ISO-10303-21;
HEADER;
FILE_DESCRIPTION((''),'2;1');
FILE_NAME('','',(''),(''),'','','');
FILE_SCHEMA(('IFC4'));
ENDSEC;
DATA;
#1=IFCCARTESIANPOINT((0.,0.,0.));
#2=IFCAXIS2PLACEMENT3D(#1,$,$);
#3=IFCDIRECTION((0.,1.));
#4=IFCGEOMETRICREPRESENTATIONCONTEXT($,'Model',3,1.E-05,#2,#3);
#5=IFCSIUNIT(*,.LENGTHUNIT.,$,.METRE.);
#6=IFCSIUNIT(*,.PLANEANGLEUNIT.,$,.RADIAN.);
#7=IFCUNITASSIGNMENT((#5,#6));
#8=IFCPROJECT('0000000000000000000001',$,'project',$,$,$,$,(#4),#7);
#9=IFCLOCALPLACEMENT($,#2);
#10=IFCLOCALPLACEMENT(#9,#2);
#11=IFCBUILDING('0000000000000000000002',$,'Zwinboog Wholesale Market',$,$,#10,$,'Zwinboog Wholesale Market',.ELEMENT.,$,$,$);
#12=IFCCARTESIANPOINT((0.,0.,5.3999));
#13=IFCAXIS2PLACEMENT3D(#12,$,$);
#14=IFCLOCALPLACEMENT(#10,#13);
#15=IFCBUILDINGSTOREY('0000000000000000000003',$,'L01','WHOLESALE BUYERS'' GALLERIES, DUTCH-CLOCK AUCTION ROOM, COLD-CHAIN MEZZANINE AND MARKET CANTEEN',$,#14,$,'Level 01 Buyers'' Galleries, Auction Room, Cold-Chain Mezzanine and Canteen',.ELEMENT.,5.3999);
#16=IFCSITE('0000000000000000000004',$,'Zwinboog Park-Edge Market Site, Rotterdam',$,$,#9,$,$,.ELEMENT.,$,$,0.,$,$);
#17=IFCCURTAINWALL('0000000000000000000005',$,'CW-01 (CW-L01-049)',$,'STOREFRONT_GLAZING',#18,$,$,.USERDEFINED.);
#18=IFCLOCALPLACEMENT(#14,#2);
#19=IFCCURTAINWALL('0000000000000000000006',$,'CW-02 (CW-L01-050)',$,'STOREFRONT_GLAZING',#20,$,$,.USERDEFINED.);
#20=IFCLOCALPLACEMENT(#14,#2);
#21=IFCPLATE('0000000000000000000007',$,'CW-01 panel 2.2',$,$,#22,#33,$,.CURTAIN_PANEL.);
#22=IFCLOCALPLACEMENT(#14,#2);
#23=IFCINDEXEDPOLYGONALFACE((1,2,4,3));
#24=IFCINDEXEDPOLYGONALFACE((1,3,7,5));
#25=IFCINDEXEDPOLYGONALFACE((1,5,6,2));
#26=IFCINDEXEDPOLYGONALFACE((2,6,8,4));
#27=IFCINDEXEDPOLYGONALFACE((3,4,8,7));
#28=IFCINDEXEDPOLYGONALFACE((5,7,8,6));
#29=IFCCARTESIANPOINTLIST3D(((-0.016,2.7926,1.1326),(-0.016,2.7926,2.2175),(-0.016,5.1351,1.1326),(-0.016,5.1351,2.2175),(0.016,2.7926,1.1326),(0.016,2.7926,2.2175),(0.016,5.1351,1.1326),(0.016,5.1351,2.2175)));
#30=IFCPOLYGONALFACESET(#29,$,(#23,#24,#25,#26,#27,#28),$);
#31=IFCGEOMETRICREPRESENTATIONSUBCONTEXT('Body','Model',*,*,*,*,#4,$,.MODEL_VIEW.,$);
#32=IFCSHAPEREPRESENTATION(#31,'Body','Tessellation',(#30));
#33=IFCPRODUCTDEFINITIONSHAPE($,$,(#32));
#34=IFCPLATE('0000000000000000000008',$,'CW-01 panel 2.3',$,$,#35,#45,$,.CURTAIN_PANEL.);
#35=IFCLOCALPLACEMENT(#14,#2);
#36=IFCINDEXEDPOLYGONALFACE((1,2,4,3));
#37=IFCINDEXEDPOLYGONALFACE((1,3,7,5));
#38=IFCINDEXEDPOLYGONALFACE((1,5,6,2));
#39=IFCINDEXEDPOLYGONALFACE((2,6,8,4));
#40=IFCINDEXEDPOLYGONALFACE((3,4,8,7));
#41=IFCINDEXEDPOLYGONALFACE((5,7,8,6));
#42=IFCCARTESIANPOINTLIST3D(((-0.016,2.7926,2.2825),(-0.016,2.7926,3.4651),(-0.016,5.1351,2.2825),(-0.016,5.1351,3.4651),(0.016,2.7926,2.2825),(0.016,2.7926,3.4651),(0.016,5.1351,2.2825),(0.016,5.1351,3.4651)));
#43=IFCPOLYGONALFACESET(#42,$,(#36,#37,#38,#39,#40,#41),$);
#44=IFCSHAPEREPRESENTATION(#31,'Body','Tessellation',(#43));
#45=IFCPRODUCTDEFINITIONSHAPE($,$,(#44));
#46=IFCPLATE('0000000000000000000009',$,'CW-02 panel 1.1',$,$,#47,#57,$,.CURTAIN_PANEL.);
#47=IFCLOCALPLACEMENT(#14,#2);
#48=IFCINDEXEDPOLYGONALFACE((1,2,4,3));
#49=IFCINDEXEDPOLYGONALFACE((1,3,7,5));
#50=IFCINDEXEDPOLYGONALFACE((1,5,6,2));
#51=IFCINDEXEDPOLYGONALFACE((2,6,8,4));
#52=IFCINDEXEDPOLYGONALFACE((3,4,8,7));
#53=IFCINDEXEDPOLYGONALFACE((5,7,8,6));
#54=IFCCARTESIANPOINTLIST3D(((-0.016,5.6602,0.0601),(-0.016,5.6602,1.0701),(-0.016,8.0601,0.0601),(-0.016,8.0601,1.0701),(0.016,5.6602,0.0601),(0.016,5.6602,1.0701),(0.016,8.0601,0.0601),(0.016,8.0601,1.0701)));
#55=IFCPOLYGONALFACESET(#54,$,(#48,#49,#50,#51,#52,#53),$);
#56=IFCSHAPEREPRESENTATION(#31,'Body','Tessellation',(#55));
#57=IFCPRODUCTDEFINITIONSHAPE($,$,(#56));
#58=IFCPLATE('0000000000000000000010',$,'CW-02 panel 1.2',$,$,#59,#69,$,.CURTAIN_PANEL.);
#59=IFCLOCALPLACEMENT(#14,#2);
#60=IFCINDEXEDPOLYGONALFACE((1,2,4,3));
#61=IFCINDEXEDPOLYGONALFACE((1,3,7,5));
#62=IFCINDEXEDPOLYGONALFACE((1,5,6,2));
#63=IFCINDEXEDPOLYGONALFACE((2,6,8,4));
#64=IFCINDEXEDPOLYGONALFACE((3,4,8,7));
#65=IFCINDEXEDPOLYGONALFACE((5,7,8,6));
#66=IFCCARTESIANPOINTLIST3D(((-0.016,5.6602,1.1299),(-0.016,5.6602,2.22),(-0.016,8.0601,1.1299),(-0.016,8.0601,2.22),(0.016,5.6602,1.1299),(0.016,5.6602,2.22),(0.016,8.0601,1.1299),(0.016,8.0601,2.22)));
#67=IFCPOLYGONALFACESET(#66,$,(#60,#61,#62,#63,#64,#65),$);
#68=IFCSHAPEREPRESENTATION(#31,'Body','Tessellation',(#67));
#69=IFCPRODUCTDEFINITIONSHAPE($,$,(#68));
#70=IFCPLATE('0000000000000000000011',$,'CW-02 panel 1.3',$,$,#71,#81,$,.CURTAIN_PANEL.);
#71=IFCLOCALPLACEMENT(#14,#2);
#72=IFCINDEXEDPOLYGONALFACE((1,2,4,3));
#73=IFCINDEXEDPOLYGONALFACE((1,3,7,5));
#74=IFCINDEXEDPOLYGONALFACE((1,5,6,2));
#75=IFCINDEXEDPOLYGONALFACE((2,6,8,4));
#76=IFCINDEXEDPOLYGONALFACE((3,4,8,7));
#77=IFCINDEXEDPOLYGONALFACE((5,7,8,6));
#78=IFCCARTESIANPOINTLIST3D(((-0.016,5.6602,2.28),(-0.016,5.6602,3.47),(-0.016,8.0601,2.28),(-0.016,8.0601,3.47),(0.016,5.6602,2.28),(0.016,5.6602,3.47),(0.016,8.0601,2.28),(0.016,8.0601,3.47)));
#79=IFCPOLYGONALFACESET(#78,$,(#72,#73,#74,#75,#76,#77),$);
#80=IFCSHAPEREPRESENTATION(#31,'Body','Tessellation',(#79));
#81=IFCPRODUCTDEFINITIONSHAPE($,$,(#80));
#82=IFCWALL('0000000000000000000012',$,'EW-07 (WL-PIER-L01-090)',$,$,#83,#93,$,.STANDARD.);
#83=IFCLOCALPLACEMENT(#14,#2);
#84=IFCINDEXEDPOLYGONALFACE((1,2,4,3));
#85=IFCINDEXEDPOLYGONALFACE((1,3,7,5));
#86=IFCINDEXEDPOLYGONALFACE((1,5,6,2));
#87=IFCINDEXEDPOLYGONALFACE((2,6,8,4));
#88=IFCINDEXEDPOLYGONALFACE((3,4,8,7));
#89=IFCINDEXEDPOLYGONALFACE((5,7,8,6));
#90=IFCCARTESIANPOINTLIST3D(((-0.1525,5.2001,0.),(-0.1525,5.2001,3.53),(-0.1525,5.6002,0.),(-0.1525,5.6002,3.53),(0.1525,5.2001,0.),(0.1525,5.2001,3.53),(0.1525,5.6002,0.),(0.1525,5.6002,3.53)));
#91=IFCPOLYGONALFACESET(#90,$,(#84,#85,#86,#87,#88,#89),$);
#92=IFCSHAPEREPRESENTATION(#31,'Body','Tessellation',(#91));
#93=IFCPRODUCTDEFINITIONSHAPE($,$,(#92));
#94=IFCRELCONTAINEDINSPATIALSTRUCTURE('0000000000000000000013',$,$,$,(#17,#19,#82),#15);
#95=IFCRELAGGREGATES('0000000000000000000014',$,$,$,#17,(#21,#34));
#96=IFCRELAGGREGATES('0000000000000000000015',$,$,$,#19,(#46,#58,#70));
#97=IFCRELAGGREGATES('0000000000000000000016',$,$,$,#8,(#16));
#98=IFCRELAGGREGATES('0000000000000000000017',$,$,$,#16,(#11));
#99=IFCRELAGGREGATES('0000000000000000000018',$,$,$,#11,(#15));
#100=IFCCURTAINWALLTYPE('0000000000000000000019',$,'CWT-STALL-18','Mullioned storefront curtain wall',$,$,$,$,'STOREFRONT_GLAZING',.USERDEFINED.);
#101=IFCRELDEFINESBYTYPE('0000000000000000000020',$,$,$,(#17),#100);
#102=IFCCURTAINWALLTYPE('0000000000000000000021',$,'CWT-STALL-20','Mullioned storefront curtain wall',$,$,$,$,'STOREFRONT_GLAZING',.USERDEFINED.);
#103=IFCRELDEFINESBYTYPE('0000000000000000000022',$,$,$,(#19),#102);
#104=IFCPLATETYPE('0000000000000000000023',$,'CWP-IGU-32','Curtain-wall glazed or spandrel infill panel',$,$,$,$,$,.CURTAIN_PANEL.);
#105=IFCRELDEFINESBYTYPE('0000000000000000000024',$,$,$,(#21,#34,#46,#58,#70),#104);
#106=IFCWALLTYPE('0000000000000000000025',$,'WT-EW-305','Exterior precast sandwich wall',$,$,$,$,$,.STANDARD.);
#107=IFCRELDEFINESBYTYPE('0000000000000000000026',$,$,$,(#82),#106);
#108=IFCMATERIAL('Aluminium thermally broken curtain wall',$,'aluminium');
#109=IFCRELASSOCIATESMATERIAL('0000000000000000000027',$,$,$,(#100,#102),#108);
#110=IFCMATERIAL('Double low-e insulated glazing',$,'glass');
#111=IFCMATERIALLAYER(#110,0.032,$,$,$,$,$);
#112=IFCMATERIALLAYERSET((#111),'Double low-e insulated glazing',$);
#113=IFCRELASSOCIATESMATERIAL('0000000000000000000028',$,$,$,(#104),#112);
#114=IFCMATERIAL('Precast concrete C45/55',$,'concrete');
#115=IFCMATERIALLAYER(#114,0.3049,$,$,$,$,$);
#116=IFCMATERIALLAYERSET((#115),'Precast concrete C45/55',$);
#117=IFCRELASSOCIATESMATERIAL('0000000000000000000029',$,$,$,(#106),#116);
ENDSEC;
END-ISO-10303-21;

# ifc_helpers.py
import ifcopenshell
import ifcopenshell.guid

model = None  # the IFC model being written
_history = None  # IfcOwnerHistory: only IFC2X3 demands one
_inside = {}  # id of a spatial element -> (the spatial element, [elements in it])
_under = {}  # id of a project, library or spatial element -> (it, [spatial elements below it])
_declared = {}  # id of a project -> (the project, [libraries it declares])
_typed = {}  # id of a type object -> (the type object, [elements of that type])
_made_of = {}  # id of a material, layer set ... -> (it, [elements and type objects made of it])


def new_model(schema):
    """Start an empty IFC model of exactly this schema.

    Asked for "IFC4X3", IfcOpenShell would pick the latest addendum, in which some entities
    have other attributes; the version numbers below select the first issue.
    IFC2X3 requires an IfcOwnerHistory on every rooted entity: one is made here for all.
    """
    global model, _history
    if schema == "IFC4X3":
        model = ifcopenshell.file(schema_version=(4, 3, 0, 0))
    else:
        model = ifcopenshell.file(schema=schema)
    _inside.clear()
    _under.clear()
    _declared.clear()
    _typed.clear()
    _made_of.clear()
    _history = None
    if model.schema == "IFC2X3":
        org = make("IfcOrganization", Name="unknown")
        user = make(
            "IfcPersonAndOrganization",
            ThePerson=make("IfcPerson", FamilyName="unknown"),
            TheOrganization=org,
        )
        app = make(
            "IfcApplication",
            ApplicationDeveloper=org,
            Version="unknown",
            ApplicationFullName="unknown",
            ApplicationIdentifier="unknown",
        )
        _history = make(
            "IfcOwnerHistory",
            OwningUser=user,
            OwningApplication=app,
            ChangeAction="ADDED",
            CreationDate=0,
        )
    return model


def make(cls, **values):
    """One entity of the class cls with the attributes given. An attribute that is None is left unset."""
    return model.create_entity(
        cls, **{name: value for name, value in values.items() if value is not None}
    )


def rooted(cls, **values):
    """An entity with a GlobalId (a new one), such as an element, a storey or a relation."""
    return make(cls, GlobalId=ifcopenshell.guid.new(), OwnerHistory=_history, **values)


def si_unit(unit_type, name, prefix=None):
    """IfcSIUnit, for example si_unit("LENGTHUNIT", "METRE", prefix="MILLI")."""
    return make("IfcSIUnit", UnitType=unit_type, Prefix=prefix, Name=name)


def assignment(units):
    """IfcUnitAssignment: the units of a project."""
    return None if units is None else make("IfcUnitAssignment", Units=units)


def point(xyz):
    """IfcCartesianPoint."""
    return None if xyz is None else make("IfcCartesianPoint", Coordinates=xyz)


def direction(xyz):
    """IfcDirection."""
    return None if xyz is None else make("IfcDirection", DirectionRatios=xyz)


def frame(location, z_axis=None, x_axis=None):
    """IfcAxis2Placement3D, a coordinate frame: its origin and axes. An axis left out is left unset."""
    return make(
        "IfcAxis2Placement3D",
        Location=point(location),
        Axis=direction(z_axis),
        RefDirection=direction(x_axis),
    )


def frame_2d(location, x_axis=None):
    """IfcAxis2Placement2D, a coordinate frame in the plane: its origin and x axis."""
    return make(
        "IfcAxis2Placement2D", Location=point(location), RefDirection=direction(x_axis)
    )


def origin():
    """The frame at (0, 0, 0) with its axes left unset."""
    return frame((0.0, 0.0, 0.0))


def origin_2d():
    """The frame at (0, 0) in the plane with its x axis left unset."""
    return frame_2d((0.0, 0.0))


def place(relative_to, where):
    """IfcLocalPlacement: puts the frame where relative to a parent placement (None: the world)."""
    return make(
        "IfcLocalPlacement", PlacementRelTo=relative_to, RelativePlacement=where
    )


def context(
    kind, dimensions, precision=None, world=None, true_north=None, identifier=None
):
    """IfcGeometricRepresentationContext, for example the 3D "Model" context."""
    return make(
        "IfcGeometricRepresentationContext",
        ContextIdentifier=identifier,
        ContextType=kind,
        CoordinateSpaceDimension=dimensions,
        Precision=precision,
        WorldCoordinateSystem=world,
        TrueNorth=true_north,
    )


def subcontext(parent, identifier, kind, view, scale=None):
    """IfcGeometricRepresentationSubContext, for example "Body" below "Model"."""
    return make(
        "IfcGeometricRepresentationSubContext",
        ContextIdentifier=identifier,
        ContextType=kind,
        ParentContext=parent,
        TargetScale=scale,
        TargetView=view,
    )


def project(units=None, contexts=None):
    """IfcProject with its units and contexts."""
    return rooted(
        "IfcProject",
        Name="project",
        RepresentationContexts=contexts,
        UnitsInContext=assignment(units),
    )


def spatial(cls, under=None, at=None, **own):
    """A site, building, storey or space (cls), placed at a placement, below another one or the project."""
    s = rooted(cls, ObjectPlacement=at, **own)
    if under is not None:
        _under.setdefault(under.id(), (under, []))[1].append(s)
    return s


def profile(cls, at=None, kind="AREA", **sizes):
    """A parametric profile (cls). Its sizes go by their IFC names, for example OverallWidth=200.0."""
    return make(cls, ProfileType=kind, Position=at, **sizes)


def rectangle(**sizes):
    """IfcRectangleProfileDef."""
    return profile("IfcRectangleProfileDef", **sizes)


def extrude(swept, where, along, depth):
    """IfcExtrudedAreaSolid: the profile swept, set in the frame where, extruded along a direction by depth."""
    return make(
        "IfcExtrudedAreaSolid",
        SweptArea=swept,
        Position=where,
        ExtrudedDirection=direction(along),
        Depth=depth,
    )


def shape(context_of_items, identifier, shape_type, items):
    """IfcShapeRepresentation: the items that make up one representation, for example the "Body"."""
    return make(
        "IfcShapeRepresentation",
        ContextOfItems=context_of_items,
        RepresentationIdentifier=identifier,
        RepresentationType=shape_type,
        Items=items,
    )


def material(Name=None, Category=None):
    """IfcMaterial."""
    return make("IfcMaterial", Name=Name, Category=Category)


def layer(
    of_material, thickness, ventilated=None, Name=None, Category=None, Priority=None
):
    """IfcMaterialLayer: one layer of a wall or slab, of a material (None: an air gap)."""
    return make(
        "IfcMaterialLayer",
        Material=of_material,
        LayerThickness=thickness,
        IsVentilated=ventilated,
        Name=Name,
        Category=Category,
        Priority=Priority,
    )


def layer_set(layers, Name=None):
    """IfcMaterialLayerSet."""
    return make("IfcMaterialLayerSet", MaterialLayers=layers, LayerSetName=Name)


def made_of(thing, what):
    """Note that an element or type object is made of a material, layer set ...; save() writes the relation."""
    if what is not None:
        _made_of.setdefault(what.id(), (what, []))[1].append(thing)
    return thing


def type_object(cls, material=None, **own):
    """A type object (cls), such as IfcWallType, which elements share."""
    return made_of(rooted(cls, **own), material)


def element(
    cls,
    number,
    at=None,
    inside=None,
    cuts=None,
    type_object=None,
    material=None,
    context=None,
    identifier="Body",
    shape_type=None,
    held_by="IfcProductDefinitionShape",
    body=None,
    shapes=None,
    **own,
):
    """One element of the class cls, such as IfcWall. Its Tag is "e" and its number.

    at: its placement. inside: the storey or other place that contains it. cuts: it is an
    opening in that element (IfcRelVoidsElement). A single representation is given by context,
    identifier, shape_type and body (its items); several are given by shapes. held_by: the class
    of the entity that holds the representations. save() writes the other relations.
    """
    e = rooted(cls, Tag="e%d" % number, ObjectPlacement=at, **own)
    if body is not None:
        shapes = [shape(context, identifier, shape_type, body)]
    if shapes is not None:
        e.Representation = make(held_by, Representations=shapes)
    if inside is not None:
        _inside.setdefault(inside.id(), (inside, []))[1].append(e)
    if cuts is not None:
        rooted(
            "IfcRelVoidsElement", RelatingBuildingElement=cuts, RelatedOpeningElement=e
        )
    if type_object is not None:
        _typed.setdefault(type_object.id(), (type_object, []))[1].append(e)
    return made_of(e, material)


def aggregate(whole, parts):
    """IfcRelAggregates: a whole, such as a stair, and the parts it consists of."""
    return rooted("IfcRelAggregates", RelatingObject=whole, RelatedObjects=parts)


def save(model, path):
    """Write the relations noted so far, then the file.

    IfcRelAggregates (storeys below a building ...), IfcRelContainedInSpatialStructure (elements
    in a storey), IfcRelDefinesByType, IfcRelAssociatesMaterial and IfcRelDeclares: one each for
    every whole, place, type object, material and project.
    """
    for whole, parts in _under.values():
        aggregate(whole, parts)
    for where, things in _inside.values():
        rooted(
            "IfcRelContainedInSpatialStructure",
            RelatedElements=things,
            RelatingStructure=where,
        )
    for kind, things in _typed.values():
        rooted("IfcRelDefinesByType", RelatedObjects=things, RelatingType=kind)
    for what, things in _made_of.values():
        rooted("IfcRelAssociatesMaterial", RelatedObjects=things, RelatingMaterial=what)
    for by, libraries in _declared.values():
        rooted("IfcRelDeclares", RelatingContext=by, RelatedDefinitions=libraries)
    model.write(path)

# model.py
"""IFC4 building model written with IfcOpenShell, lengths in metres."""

from ifc_helpers import new_model, si_unit, direction, frame, frame_2d, origin, origin_2d, place, context, subcontext, project, spatial, rectangle, extrude, material, layer, layer_set, type_object, element, aggregate, save


model = new_model("IFC4")

# Units and contexts
model_context = context("Model", 3, precision=1e-05, world=origin(), true_north=direction((0.0, 1.0)))
body_context = subcontext(model_context, "Body", "Model", "MODEL_VIEW")
ifc_project = project(units=[si_unit("LENGTHUNIT", "METRE"), si_unit("PLANEANGLEUNIT", "RADIAN")], contexts=[model_context])

# Site, building, storey
site_placement = place(None, origin())
site = spatial("IfcSite", under=ifc_project, at=site_placement, Name="Zwinboog Park-Edge Market Site, Rotterdam", CompositionType="ELEMENT", RefElevation=0.0)
building_placement = place(site_placement, origin())
building = spatial("IfcBuilding", under=site, at=building_placement, Name="Zwinboog Wholesale Market", LongName="Zwinboog Wholesale Market", CompositionType="ELEMENT")
storey_placement = place(building_placement, frame((0.0, 0.0, 5.3999)))
storey = spatial("IfcBuildingStorey", under=building, at=storey_placement, Name="L01", Description="WHOLESALE BUYERS' GALLERIES, DUTCH-CLOCK AUCTION ROOM, COLD-CHAIN MEZZANINE AND MARKET CANTEEN", LongName="Level 01 Buyers' Galleries, Auction Room, Cold-Chain Mezzanine and Canteen", CompositionType="ELEMENT", Elevation=5.3999)

# Curtain walls
ifc_material_1 = material(Name="Aluminium thermally broken curtain wall", Category="aluminium")
curtain_wall_type_1 = type_object("IfcCurtainWallType", Name="CWT-STALL-18", Description="Mullioned storefront curtain wall", ElementType="STOREFRONT_GLAZING", PredefinedType="USERDEFINED", material=ifc_material_1)
curtain_wall_1_placement = place(storey_placement, origin())
curtain_wall_1 = element("IfcCurtainWall", 1, at=curtain_wall_1_placement, inside=storey, type_object=curtain_wall_type_1, Name="CW-01 (CW-L01-049)", ObjectType="STOREFRONT_GLAZING", PredefinedType="USERDEFINED")
curtain_wall_type_2 = type_object("IfcCurtainWallType", Name="CWT-STALL-20", Description="Mullioned storefront curtain wall", ElementType="STOREFRONT_GLAZING", PredefinedType="USERDEFINED", material=ifc_material_1)
curtain_wall_2_placement = place(storey_placement, origin())
curtain_wall_2 = element("IfcCurtainWall", 2, at=curtain_wall_2_placement, inside=storey, type_object=curtain_wall_type_2, Name="CW-02 (CW-L01-050)", ObjectType="STOREFRONT_GLAZING", PredefinedType="USERDEFINED")

# Plates
ifc_material_2 = material(Name="Double low-e insulated glazing", Category="glass")
ifc_layer_1 = layer(ifc_material_2, 0.032)
ifc_layer_set_1 = layer_set([ifc_layer_1], Name="Double low-e insulated glazing")
plate_type = type_object("IfcPlateType", Name="CWP-IGU-32", Description="Curtain-wall glazed or spandrel infill panel", PredefinedType="CURTAIN_PANEL", material=ifc_layer_set_1)
plate_1_placement = place(storey_placement, frame((0.0, 3.9639, 1.1326), z_axis=(0.0, 0.0, 1.0), x_axis=(0.0, 1.0, 0.0)))
plate_1 = element("IfcPlate", 3, at=plate_1_placement, type_object=plate_type, Name="CW-01 panel 2.2", PredefinedType="CURTAIN_PANEL", context=body_context, shape_type="SweptSolid", body=[
    extrude(rectangle(XDim=2.3425, YDim=0.032, at=origin_2d()), origin(), (0.0, 0.0, 1.0), 1.085),
])
plate_2_placement = place(storey_placement, frame((0.0, 3.9639, 2.2825), z_axis=(0.0, 0.0, 1.0), x_axis=(0.0, 1.0, 0.0)))
plate_2 = element("IfcPlate", 4, at=plate_2_placement, type_object=plate_type, Name="CW-01 panel 2.3", PredefinedType="CURTAIN_PANEL", context=body_context, shape_type="SweptSolid", body=[
    extrude(rectangle(XDim=2.3425, YDim=0.032, at=origin_2d()), origin(), (0.0, 0.0, 1.0), 1.1826),
])
aggregate(curtain_wall_1, [plate_1, plate_2])
plate_3_placement = place(storey_placement, frame((0.0, 6.8601, 0.0601), z_axis=(0.0, 0.0, 1.0), x_axis=(0.0, 1.0, 0.0)))
plate_3 = element("IfcPlate", 5, at=plate_3_placement, type_object=plate_type, Name="CW-02 panel 1.1", PredefinedType="CURTAIN_PANEL", context=body_context, shape_type="SweptSolid", body=[
    extrude(rectangle(XDim=2.3999, YDim=0.032, at=origin_2d()), origin(), (0.0, 0.0, 1.0), 1.01),
])
plate_4_placement = place(storey_placement, frame((0.0, 6.8601, 1.1299), z_axis=(0.0, 0.0, 1.0), x_axis=(0.0, 1.0, 0.0)))
plate_4 = element("IfcPlate", 6, at=plate_4_placement, type_object=plate_type, Name="CW-02 panel 1.2", PredefinedType="CURTAIN_PANEL", context=body_context, shape_type="SweptSolid", body=[
    extrude(rectangle(XDim=2.3999, YDim=0.032, at=origin_2d()), origin(), (0.0, 0.0, 1.0), 1.0901),
])
plate_5_placement = place(storey_placement, frame((0.0, 6.8601, 2.28), z_axis=(0.0, 0.0, 1.0), x_axis=(0.0, 1.0, 0.0)))
plate_5 = element("IfcPlate", 7, at=plate_5_placement, type_object=plate_type, Name="CW-02 panel 1.3", PredefinedType="CURTAIN_PANEL", context=body_context, shape_type="SweptSolid", body=[
    extrude(rectangle(XDim=2.3999, YDim=0.032, at=origin_2d()), origin(), (0.0, 0.0, 1.0), 1.1899),
])
aggregate(curtain_wall_2, [plate_3, plate_4, plate_5])

# Wall
ifc_material_3 = material(Name="Precast concrete C45/55", Category="concrete")
ifc_layer_2 = layer(ifc_material_3, 0.3049)
ifc_layer_set_2 = layer_set([ifc_layer_2], Name="Precast concrete C45/55")
wall_type = type_object("IfcWallType", Name="WT-EW-305", Description="Exterior precast sandwich wall", PredefinedType="STANDARD", material=ifc_layer_set_2)
wall_placement = place(storey_placement, frame((0.0, 5.2, 0.0), z_axis=(0.0, 0.0, 1.0), x_axis=(0.0, 1.0, 0.0)))
element("IfcWall", 8, at=wall_placement, inside=storey, type_object=wall_type, Name="EW-07 (WL-PIER-L01-090)", PredefinedType="STANDARD", context=body_context, shape_type="SweptSolid", body=[
    extrude(rectangle(XDim=0.4001, YDim=0.3049, at=frame_2d((0.2002, 0.0))), origin(), (0.0, 0.0, 1.0), 3.53),
])

save(model, "model.ifc")
